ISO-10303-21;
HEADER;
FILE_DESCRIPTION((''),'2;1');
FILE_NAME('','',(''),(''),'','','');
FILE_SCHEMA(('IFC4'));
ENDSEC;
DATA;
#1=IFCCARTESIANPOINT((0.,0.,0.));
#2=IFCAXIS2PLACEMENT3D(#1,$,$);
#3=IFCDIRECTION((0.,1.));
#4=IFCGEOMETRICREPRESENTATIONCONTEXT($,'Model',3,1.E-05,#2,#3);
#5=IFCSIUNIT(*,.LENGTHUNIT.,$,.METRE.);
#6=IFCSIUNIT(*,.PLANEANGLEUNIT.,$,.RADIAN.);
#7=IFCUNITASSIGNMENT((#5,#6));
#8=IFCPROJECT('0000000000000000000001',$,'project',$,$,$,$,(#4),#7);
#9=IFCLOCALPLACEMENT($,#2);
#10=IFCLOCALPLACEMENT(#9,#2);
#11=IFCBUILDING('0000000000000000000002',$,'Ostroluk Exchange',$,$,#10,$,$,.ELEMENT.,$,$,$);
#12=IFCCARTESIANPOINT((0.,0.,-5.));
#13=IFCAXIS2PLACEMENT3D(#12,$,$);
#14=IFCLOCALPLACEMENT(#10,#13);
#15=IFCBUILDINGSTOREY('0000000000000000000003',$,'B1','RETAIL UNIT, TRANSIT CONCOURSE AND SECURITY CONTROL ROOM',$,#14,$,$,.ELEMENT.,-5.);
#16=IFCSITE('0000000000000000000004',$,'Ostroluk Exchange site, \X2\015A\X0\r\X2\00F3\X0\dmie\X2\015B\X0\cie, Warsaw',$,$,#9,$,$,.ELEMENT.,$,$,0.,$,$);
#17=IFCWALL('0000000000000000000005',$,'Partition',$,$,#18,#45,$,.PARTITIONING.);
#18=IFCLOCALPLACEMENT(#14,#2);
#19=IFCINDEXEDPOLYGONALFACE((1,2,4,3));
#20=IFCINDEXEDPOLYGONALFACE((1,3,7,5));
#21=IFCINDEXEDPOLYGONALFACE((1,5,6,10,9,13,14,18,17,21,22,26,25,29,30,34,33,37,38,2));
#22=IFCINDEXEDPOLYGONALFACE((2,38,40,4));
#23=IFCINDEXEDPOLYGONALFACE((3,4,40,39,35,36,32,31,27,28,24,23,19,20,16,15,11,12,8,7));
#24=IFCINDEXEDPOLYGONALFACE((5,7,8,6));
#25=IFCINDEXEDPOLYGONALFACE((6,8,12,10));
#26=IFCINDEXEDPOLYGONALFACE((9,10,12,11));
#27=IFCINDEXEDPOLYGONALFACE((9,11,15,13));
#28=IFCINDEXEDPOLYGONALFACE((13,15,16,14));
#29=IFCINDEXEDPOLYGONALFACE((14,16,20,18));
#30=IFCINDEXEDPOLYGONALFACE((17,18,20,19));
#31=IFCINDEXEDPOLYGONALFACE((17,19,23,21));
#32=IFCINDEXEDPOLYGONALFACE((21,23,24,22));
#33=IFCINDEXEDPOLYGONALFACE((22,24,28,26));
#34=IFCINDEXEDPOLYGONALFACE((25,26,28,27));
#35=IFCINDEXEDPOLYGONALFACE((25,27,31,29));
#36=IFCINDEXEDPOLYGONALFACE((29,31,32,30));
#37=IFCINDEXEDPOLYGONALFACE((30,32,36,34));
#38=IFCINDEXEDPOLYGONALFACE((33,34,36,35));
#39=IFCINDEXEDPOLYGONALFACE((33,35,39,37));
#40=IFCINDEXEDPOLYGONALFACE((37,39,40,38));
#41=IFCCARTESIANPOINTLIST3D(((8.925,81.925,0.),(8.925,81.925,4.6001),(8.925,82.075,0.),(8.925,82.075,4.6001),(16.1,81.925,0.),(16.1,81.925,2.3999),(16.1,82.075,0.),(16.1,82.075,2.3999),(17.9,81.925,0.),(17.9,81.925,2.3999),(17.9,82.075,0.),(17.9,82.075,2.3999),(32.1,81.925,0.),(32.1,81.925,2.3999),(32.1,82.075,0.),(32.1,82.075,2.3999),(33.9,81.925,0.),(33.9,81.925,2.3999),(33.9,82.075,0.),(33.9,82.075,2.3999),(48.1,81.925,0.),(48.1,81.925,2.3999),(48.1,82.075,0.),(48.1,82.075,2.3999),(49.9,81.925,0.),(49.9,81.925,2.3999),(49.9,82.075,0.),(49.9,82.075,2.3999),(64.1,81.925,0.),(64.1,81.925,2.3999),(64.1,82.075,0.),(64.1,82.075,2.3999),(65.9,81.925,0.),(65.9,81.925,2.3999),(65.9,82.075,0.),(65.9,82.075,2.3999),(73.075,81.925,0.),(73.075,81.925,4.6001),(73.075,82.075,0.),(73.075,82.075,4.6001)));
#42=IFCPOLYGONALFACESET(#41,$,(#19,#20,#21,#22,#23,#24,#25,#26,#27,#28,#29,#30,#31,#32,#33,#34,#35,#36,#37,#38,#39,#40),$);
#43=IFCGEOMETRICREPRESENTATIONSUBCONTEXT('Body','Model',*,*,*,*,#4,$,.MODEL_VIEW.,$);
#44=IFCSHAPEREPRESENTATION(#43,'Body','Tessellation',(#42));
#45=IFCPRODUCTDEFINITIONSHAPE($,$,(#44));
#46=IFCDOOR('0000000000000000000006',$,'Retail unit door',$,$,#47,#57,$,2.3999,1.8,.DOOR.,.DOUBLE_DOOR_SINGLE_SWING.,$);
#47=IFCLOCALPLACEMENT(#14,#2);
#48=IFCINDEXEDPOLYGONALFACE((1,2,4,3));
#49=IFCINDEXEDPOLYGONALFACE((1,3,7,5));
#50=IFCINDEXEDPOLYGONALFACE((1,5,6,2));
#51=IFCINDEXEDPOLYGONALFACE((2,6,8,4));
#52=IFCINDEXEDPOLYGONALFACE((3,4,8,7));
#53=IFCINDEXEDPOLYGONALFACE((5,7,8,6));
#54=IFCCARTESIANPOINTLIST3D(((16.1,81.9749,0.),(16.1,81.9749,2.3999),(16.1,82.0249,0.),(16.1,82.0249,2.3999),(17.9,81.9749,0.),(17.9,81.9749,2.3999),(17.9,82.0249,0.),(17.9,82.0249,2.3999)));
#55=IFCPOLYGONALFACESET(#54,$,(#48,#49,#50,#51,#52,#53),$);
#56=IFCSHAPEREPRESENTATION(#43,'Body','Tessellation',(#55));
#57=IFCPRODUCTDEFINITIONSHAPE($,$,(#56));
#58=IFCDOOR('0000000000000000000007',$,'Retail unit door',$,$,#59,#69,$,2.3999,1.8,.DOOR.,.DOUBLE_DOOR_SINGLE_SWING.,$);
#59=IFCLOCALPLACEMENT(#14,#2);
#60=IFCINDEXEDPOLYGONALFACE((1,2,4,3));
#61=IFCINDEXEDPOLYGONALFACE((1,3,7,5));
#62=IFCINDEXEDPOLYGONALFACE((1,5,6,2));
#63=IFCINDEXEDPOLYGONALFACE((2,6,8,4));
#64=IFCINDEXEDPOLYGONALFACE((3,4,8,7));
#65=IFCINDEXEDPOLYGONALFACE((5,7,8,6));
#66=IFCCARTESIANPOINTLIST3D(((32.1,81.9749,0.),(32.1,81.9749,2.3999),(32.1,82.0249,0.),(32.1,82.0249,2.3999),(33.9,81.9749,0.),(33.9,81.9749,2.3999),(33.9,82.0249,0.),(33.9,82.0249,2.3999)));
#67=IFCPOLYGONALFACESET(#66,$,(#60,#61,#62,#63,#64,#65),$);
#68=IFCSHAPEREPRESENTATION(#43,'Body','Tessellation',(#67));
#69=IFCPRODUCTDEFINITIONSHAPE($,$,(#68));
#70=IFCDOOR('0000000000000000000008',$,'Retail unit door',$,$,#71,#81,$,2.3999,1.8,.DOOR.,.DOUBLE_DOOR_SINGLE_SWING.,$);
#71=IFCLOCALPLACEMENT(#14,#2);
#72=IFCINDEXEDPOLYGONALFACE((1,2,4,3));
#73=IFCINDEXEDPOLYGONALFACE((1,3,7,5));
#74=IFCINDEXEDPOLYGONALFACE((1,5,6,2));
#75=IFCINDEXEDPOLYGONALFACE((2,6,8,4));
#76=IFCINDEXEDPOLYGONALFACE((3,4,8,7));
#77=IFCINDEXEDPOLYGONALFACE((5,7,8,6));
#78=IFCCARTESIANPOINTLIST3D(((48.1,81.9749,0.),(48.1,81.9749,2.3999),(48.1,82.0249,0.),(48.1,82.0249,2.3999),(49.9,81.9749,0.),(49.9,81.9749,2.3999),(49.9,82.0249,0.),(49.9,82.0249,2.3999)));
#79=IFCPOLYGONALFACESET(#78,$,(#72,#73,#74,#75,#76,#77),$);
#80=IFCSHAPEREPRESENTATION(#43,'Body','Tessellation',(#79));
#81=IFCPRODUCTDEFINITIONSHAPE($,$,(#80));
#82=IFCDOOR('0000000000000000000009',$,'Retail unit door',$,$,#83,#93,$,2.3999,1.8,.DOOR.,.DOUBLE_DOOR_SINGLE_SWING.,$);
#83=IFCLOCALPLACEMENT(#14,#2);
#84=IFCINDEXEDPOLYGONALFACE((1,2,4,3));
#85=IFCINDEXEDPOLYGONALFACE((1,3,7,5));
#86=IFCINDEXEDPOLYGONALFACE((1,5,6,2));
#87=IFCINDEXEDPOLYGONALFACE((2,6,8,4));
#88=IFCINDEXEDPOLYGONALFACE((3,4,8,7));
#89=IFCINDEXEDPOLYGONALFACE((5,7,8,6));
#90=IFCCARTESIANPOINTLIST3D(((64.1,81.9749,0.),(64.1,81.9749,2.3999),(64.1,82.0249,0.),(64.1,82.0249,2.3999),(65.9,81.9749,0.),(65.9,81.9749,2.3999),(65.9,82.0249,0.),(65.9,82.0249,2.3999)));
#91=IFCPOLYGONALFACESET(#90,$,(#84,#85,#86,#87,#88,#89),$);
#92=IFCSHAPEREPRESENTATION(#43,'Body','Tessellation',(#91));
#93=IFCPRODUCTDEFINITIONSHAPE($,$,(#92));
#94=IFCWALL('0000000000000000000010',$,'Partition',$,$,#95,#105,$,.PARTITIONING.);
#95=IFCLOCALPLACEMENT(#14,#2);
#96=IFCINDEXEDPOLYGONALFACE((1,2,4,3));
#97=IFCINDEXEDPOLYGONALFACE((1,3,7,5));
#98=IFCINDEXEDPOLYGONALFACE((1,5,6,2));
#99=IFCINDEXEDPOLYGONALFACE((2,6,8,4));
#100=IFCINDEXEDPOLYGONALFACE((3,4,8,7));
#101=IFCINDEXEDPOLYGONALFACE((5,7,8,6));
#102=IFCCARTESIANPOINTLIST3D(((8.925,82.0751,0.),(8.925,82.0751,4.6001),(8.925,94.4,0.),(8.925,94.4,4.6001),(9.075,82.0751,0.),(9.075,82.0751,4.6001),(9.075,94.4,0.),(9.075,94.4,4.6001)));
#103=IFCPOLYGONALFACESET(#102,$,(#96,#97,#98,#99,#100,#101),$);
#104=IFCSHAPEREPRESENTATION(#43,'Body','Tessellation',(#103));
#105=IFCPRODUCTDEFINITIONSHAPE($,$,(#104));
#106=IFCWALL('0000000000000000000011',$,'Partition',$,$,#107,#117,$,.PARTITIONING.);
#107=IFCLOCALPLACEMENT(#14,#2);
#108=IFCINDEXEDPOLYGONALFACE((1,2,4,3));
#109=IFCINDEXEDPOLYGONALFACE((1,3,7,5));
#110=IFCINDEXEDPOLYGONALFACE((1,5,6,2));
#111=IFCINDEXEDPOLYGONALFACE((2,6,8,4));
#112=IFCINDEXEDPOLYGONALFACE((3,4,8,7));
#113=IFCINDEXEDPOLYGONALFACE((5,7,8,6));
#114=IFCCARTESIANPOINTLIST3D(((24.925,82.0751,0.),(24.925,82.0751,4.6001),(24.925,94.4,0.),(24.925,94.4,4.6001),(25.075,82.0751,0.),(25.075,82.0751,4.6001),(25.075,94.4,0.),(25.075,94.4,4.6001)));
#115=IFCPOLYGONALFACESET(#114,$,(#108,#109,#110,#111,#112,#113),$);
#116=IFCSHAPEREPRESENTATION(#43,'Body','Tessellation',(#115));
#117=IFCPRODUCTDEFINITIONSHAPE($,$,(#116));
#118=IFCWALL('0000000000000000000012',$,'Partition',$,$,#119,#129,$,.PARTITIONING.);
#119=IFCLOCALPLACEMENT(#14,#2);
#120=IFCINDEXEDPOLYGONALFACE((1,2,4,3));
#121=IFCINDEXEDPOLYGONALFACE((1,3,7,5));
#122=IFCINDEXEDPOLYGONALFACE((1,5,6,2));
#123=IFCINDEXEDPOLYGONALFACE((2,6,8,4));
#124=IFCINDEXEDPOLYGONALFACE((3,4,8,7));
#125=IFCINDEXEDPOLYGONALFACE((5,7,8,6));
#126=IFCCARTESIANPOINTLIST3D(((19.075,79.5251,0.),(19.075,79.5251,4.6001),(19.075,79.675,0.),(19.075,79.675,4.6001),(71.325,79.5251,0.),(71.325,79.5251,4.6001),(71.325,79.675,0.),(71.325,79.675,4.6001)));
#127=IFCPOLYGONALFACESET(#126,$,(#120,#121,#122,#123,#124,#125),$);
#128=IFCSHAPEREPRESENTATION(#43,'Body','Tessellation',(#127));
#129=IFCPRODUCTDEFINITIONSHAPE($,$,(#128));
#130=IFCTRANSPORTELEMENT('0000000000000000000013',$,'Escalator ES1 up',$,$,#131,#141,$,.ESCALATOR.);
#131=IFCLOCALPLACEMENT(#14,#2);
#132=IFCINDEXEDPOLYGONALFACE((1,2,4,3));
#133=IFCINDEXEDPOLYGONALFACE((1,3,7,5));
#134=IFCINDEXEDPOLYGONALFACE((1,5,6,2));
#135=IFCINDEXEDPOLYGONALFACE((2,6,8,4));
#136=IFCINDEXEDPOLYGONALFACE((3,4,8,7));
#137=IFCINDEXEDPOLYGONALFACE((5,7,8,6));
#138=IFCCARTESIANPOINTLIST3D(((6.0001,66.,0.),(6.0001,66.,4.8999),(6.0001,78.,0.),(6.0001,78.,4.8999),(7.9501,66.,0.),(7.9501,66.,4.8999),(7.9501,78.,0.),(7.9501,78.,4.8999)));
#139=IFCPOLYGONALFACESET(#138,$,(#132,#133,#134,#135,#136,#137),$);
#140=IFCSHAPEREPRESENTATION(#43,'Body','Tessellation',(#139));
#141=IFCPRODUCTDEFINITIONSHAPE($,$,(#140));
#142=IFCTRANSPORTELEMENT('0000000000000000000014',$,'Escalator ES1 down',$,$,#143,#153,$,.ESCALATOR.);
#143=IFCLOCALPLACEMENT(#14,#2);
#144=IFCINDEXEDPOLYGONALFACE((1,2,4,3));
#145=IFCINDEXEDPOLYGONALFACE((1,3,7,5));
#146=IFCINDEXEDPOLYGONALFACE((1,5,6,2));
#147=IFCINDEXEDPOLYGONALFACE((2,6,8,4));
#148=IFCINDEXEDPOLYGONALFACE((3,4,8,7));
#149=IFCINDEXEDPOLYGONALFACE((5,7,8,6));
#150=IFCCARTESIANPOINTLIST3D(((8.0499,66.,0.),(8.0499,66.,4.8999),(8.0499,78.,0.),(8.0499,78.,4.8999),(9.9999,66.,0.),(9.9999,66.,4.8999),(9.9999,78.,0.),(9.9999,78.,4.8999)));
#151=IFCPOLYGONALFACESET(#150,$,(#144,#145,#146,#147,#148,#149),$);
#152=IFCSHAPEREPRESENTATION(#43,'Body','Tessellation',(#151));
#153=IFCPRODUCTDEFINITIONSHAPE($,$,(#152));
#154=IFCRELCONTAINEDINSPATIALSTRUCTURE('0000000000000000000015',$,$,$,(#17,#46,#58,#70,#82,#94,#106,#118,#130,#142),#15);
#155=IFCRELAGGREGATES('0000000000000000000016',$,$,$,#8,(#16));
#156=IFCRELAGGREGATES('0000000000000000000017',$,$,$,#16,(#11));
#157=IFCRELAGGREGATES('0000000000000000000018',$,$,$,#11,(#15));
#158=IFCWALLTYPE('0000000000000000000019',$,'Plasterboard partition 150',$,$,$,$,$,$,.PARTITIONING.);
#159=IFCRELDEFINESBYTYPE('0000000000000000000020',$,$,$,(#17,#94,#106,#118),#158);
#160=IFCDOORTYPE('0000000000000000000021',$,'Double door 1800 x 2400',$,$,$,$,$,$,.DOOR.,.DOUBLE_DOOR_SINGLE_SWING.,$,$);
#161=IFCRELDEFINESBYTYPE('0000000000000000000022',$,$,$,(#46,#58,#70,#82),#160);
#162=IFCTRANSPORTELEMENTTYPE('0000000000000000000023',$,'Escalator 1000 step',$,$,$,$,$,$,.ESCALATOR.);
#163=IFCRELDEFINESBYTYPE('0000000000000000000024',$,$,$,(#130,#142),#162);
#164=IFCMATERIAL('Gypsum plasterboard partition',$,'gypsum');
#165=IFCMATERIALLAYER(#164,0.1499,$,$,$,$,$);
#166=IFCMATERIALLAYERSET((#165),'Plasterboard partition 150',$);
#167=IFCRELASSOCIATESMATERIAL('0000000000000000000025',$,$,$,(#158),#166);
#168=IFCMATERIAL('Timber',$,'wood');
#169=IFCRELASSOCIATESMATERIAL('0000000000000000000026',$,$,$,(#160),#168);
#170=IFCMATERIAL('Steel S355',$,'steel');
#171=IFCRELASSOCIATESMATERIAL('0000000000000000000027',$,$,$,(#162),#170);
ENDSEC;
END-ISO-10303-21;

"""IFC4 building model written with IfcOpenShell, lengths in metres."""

from ifc_helpers import new_model, si_unit, direction, frame, frame_2d, origin, origin_2d, place, context, subcontext, project, spatial, rectangle, extrude, material, layer, layer_set, type_object, element, fill, save


model = new_model("IFC4")

# Units and contexts
model_context = context("Model", 3, precision=1e-05, world=origin(), true_north=direction((0.0, 1.0)))
body_context = subcontext(model_context, "Body", "Model", "MODEL_VIEW")
ifc_project = project(units=[si_unit("LENGTHUNIT", "METRE"), si_unit("PLANEANGLEUNIT", "RADIAN")], contexts=[model_context])

# Site, building, storey
site_placement = place(None, origin())
site = spatial("IfcSite", under=ifc_project, at=site_placement, Name="Ostroluk Exchange site, Śródmieście, Warsaw", CompositionType="ELEMENT", RefElevation=0.0)
building_placement = place(site_placement, origin())
building = spatial("IfcBuilding", under=site, at=building_placement, Name="Ostroluk Exchange", CompositionType="ELEMENT")
storey_placement = place(building_placement, frame((0.0, 0.0, -5.0)))
storey = spatial("IfcBuildingStorey", under=building, at=storey_placement, Name="B1", Description="RETAIL UNIT, TRANSIT CONCOURSE AND SECURITY CONTROL ROOM", CompositionType="ELEMENT", Elevation=-5.0)

# Wall, openings, doors
ifc_material_1 = material(Name="Gypsum plasterboard partition", Category="gypsum")
ifc_layer_1 = layer(ifc_material_1, 0.1499)
ifc_layer_set_1 = layer_set([ifc_layer_1], Name="Plasterboard partition 150")
wall_type_1 = type_object("IfcWallType", Name="Plasterboard partition 150", PredefinedType="PARTITIONING", material=ifc_layer_set_1)
wall_1_placement = place(storey_placement, frame((8.925, 82.0, 0.0), z_axis=(0.0, 0.0, 1.0), x_axis=(1.0, 0.0, 0.0)))
wall_1 = element("IfcWall", 1, at=wall_1_placement, inside=storey, type_object=wall_type_1, Name="Partition", PredefinedType="PARTITIONING", context=body_context, shape_type="SweptSolid", body=[
    extrude(rectangle(XDim=64.1499, YDim=0.1499, at=frame_2d((32.075, 0.0))), origin(), (0.0, 0.0, 1.0), 4.6001),
])
opening_1_placement = place(wall_1_placement, frame((7.175, 0.0, 0.0)))
opening_1 = element("IfcOpeningElement", 2, at=opening_1_placement, cuts=wall_1, PredefinedType="OPENING", context=body_context, shape_type="SweptSolid", body=[
    extrude(rectangle(XDim=1.8, YDim=2.3999, at=frame_2d((0.8999, 1.2))), frame((0.0, 0.085, 0.0), z_axis=(0.0, -1.0, 0.0), x_axis=(1.0, 0.0, 0.0)), (0.0, 0.0, 1.0), 0.1699),
])
opening_2_placement = place(wall_1_placement, frame((23.175, 0.0, 0.0)))
opening_2 = element("IfcOpeningElement", 3, at=opening_2_placement, cuts=wall_1, PredefinedType="OPENING", context=body_context, shape_type="SweptSolid", body=[
    extrude(rectangle(XDim=1.8, YDim=2.3999, at=frame_2d((0.8999, 1.2))), frame((0.0, 0.085, 0.0), z_axis=(0.0, -1.0, 0.0), x_axis=(1.0, 0.0, 0.0)), (0.0, 0.0, 1.0), 0.1699),
])
opening_3_placement = place(wall_1_placement, frame((39.175, 0.0, 0.0)))
opening_3 = element("IfcOpeningElement", 4, at=opening_3_placement, cuts=wall_1, PredefinedType="OPENING", context=body_context, shape_type="SweptSolid", body=[
    extrude(rectangle(XDim=1.8, YDim=2.3999, at=frame_2d((0.8999, 1.2))), frame((0.0, 0.085, 0.0), z_axis=(0.0, -1.0, 0.0), x_axis=(1.0, 0.0, 0.0)), (0.0, 0.0, 1.0), 0.1699),
])
opening_4_placement = place(wall_1_placement, frame((55.175, 0.0, 0.0)))
opening_4 = element("IfcOpeningElement", 5, at=opening_4_placement, cuts=wall_1, PredefinedType="OPENING", context=body_context, shape_type="SweptSolid", body=[
    extrude(rectangle(XDim=1.8, YDim=2.3999, at=frame_2d((0.8999, 1.2))), frame((0.0, 0.085, 0.0), z_axis=(0.0, -1.0, 0.0), x_axis=(1.0, 0.0, 0.0)), (0.0, 0.0, 1.0), 0.1699),
])
ifc_material_2 = material(Name="Timber", Category="wood")
door_type = type_object("IfcDoorType", Name="Double door 1800 x 2400", OperationType="DOUBLE_DOOR_SINGLE_SWING", PredefinedType="DOOR", material=ifc_material_2)
door_1_placement = place(opening_1_placement, origin())
door_1 = element("IfcDoor", 6, at=door_1_placement, inside=storey, type_object=door_type, Name="Retail unit door", OperationType="DOUBLE_DOOR_SINGLE_SWING", OverallHeight=2.3999, OverallWidth=1.8, PredefinedType="DOOR", context=body_context, shape_type="SweptSolid", body=[
    extrude(rectangle(XDim=1.8, YDim=2.3999, at=frame_2d((0.8999, 1.2))), frame((0.0, 0.0249, 0.0), z_axis=(0.0, -1.0, 0.0), x_axis=(1.0, 0.0, 0.0)), (0.0, 0.0, 1.0), 0.05),
])
fill(opening_1, door_1)
door_2_placement = place(opening_2_placement, origin())
door_2 = element("IfcDoor", 7, at=door_2_placement, inside=storey, type_object=door_type, Name="Retail unit door", OperationType="DOUBLE_DOOR_SINGLE_SWING", OverallHeight=2.3999, OverallWidth=1.8, PredefinedType="DOOR", context=body_context, shape_type="SweptSolid", body=[
    extrude(rectangle(XDim=1.8, YDim=2.3999, at=frame_2d((0.8999, 1.2))), frame((0.0, 0.0249, 0.0), z_axis=(0.0, -1.0, 0.0), x_axis=(1.0, 0.0, 0.0)), (0.0, 0.0, 1.0), 0.05),
])
fill(opening_2, door_2)
door_3_placement = place(opening_3_placement, origin())
door_3 = element("IfcDoor", 8, at=door_3_placement, inside=storey, type_object=door_type, Name="Retail unit door", OperationType="DOUBLE_DOOR_SINGLE_SWING", OverallHeight=2.3999, OverallWidth=1.8, PredefinedType="DOOR", context=body_context, shape_type="SweptSolid", body=[
    extrude(rectangle(XDim=1.8, YDim=2.3999, at=frame_2d((0.8999, 1.2))), frame((0.0, 0.0249, 0.0), z_axis=(0.0, -1.0, 0.0), x_axis=(1.0, 0.0, 0.0)), (0.0, 0.0, 1.0), 0.05),
])
fill(opening_3, door_3)
door_4_placement = place(opening_4_placement, origin())
door_4 = element("IfcDoor", 9, at=door_4_placement, inside=storey, type_object=door_type, Name="Retail unit door", OperationType="DOUBLE_DOOR_SINGLE_SWING", OverallHeight=2.3999, OverallWidth=1.8, PredefinedType="DOOR", context=body_context, shape_type="SweptSolid", body=[
    extrude(rectangle(XDim=1.8, YDim=2.3999, at=frame_2d((0.8999, 1.2))), frame((0.0, 0.0249, 0.0), z_axis=(0.0, -1.0, 0.0), x_axis=(1.0, 0.0, 0.0)), (0.0, 0.0, 1.0), 0.05),
])
fill(opening_4, door_4)

# Walls
for number, where, z_axis, x_axis, name in (
    (10, (9.0, 82.075, 0.0), (0.0, 0.0, 1.0), (0.0, 1.0, 0.0), "Partition"),
    (11, (25.0, 82.075, 0.0), (0.0, 0.0, 1.0), (0.0, 1.0, 0.0), "Partition"),
):
    element("IfcWall", number, at=place(storey_placement, frame(where, z_axis=z_axis, x_axis=x_axis)), inside=storey, type_object=wall_type_1, Name=name, PredefinedType="PARTITIONING", context=body_context, shape_type="SweptSolid", body=[
        extrude(rectangle(XDim=12.325, YDim=0.1499, at=frame_2d((6.1626, 0.0))), origin(), (0.0, 0.0, 1.0), 4.6001),
    ])
wall_2_placement = place(storey_placement, frame((19.075, 79.6001, 0.0), z_axis=(0.0, 0.0, 1.0), x_axis=(1.0, 0.0, 0.0)))
element("IfcWall", 12, at=wall_2_placement, inside=storey, type_object=wall_type_1, Name="Partition", PredefinedType="PARTITIONING", context=body_context, shape_type="SweptSolid", body=[
    extrude(rectangle(XDim=52.25, YDim=0.1499, at=frame_2d((26.125, 0.0))), origin(), (0.0, 0.0, 1.0), 4.6001),
])

# Transport elements
ifc_material_3 = material(Name="Steel S355", Category="steel")
transport_element_type = type_object("IfcTransportElementType", Name="Escalator 1000 step", PredefinedType="ESCALATOR", material=ifc_material_3)
for number, where, z_axis, x_axis, name in (
    (13, (6.9751, 72.0, 0.0), (0.0, 0.0, 1.0), (1.0, 0.0, 0.0), "Escalator ES1 up"),
    (14, (9.0249, 72.0, 0.0), (0.0, 0.0, 1.0), (1.0, 0.0, 0.0), "Escalator ES1 down"),
):
    element("IfcTransportElement", number, at=place(storey_placement, frame(where, z_axis=z_axis, x_axis=x_axis)), inside=storey, type_object=transport_element_type, Name=name, PredefinedType="ESCALATOR", context=body_context, shape_type="SweptSolid", body=[
        extrude(rectangle(XDim=1.95, YDim=12.0, at=origin_2d()), origin(), (0.0, 0.0, 1.0), 4.8999),
    ])

save(model, "model.ifc")
